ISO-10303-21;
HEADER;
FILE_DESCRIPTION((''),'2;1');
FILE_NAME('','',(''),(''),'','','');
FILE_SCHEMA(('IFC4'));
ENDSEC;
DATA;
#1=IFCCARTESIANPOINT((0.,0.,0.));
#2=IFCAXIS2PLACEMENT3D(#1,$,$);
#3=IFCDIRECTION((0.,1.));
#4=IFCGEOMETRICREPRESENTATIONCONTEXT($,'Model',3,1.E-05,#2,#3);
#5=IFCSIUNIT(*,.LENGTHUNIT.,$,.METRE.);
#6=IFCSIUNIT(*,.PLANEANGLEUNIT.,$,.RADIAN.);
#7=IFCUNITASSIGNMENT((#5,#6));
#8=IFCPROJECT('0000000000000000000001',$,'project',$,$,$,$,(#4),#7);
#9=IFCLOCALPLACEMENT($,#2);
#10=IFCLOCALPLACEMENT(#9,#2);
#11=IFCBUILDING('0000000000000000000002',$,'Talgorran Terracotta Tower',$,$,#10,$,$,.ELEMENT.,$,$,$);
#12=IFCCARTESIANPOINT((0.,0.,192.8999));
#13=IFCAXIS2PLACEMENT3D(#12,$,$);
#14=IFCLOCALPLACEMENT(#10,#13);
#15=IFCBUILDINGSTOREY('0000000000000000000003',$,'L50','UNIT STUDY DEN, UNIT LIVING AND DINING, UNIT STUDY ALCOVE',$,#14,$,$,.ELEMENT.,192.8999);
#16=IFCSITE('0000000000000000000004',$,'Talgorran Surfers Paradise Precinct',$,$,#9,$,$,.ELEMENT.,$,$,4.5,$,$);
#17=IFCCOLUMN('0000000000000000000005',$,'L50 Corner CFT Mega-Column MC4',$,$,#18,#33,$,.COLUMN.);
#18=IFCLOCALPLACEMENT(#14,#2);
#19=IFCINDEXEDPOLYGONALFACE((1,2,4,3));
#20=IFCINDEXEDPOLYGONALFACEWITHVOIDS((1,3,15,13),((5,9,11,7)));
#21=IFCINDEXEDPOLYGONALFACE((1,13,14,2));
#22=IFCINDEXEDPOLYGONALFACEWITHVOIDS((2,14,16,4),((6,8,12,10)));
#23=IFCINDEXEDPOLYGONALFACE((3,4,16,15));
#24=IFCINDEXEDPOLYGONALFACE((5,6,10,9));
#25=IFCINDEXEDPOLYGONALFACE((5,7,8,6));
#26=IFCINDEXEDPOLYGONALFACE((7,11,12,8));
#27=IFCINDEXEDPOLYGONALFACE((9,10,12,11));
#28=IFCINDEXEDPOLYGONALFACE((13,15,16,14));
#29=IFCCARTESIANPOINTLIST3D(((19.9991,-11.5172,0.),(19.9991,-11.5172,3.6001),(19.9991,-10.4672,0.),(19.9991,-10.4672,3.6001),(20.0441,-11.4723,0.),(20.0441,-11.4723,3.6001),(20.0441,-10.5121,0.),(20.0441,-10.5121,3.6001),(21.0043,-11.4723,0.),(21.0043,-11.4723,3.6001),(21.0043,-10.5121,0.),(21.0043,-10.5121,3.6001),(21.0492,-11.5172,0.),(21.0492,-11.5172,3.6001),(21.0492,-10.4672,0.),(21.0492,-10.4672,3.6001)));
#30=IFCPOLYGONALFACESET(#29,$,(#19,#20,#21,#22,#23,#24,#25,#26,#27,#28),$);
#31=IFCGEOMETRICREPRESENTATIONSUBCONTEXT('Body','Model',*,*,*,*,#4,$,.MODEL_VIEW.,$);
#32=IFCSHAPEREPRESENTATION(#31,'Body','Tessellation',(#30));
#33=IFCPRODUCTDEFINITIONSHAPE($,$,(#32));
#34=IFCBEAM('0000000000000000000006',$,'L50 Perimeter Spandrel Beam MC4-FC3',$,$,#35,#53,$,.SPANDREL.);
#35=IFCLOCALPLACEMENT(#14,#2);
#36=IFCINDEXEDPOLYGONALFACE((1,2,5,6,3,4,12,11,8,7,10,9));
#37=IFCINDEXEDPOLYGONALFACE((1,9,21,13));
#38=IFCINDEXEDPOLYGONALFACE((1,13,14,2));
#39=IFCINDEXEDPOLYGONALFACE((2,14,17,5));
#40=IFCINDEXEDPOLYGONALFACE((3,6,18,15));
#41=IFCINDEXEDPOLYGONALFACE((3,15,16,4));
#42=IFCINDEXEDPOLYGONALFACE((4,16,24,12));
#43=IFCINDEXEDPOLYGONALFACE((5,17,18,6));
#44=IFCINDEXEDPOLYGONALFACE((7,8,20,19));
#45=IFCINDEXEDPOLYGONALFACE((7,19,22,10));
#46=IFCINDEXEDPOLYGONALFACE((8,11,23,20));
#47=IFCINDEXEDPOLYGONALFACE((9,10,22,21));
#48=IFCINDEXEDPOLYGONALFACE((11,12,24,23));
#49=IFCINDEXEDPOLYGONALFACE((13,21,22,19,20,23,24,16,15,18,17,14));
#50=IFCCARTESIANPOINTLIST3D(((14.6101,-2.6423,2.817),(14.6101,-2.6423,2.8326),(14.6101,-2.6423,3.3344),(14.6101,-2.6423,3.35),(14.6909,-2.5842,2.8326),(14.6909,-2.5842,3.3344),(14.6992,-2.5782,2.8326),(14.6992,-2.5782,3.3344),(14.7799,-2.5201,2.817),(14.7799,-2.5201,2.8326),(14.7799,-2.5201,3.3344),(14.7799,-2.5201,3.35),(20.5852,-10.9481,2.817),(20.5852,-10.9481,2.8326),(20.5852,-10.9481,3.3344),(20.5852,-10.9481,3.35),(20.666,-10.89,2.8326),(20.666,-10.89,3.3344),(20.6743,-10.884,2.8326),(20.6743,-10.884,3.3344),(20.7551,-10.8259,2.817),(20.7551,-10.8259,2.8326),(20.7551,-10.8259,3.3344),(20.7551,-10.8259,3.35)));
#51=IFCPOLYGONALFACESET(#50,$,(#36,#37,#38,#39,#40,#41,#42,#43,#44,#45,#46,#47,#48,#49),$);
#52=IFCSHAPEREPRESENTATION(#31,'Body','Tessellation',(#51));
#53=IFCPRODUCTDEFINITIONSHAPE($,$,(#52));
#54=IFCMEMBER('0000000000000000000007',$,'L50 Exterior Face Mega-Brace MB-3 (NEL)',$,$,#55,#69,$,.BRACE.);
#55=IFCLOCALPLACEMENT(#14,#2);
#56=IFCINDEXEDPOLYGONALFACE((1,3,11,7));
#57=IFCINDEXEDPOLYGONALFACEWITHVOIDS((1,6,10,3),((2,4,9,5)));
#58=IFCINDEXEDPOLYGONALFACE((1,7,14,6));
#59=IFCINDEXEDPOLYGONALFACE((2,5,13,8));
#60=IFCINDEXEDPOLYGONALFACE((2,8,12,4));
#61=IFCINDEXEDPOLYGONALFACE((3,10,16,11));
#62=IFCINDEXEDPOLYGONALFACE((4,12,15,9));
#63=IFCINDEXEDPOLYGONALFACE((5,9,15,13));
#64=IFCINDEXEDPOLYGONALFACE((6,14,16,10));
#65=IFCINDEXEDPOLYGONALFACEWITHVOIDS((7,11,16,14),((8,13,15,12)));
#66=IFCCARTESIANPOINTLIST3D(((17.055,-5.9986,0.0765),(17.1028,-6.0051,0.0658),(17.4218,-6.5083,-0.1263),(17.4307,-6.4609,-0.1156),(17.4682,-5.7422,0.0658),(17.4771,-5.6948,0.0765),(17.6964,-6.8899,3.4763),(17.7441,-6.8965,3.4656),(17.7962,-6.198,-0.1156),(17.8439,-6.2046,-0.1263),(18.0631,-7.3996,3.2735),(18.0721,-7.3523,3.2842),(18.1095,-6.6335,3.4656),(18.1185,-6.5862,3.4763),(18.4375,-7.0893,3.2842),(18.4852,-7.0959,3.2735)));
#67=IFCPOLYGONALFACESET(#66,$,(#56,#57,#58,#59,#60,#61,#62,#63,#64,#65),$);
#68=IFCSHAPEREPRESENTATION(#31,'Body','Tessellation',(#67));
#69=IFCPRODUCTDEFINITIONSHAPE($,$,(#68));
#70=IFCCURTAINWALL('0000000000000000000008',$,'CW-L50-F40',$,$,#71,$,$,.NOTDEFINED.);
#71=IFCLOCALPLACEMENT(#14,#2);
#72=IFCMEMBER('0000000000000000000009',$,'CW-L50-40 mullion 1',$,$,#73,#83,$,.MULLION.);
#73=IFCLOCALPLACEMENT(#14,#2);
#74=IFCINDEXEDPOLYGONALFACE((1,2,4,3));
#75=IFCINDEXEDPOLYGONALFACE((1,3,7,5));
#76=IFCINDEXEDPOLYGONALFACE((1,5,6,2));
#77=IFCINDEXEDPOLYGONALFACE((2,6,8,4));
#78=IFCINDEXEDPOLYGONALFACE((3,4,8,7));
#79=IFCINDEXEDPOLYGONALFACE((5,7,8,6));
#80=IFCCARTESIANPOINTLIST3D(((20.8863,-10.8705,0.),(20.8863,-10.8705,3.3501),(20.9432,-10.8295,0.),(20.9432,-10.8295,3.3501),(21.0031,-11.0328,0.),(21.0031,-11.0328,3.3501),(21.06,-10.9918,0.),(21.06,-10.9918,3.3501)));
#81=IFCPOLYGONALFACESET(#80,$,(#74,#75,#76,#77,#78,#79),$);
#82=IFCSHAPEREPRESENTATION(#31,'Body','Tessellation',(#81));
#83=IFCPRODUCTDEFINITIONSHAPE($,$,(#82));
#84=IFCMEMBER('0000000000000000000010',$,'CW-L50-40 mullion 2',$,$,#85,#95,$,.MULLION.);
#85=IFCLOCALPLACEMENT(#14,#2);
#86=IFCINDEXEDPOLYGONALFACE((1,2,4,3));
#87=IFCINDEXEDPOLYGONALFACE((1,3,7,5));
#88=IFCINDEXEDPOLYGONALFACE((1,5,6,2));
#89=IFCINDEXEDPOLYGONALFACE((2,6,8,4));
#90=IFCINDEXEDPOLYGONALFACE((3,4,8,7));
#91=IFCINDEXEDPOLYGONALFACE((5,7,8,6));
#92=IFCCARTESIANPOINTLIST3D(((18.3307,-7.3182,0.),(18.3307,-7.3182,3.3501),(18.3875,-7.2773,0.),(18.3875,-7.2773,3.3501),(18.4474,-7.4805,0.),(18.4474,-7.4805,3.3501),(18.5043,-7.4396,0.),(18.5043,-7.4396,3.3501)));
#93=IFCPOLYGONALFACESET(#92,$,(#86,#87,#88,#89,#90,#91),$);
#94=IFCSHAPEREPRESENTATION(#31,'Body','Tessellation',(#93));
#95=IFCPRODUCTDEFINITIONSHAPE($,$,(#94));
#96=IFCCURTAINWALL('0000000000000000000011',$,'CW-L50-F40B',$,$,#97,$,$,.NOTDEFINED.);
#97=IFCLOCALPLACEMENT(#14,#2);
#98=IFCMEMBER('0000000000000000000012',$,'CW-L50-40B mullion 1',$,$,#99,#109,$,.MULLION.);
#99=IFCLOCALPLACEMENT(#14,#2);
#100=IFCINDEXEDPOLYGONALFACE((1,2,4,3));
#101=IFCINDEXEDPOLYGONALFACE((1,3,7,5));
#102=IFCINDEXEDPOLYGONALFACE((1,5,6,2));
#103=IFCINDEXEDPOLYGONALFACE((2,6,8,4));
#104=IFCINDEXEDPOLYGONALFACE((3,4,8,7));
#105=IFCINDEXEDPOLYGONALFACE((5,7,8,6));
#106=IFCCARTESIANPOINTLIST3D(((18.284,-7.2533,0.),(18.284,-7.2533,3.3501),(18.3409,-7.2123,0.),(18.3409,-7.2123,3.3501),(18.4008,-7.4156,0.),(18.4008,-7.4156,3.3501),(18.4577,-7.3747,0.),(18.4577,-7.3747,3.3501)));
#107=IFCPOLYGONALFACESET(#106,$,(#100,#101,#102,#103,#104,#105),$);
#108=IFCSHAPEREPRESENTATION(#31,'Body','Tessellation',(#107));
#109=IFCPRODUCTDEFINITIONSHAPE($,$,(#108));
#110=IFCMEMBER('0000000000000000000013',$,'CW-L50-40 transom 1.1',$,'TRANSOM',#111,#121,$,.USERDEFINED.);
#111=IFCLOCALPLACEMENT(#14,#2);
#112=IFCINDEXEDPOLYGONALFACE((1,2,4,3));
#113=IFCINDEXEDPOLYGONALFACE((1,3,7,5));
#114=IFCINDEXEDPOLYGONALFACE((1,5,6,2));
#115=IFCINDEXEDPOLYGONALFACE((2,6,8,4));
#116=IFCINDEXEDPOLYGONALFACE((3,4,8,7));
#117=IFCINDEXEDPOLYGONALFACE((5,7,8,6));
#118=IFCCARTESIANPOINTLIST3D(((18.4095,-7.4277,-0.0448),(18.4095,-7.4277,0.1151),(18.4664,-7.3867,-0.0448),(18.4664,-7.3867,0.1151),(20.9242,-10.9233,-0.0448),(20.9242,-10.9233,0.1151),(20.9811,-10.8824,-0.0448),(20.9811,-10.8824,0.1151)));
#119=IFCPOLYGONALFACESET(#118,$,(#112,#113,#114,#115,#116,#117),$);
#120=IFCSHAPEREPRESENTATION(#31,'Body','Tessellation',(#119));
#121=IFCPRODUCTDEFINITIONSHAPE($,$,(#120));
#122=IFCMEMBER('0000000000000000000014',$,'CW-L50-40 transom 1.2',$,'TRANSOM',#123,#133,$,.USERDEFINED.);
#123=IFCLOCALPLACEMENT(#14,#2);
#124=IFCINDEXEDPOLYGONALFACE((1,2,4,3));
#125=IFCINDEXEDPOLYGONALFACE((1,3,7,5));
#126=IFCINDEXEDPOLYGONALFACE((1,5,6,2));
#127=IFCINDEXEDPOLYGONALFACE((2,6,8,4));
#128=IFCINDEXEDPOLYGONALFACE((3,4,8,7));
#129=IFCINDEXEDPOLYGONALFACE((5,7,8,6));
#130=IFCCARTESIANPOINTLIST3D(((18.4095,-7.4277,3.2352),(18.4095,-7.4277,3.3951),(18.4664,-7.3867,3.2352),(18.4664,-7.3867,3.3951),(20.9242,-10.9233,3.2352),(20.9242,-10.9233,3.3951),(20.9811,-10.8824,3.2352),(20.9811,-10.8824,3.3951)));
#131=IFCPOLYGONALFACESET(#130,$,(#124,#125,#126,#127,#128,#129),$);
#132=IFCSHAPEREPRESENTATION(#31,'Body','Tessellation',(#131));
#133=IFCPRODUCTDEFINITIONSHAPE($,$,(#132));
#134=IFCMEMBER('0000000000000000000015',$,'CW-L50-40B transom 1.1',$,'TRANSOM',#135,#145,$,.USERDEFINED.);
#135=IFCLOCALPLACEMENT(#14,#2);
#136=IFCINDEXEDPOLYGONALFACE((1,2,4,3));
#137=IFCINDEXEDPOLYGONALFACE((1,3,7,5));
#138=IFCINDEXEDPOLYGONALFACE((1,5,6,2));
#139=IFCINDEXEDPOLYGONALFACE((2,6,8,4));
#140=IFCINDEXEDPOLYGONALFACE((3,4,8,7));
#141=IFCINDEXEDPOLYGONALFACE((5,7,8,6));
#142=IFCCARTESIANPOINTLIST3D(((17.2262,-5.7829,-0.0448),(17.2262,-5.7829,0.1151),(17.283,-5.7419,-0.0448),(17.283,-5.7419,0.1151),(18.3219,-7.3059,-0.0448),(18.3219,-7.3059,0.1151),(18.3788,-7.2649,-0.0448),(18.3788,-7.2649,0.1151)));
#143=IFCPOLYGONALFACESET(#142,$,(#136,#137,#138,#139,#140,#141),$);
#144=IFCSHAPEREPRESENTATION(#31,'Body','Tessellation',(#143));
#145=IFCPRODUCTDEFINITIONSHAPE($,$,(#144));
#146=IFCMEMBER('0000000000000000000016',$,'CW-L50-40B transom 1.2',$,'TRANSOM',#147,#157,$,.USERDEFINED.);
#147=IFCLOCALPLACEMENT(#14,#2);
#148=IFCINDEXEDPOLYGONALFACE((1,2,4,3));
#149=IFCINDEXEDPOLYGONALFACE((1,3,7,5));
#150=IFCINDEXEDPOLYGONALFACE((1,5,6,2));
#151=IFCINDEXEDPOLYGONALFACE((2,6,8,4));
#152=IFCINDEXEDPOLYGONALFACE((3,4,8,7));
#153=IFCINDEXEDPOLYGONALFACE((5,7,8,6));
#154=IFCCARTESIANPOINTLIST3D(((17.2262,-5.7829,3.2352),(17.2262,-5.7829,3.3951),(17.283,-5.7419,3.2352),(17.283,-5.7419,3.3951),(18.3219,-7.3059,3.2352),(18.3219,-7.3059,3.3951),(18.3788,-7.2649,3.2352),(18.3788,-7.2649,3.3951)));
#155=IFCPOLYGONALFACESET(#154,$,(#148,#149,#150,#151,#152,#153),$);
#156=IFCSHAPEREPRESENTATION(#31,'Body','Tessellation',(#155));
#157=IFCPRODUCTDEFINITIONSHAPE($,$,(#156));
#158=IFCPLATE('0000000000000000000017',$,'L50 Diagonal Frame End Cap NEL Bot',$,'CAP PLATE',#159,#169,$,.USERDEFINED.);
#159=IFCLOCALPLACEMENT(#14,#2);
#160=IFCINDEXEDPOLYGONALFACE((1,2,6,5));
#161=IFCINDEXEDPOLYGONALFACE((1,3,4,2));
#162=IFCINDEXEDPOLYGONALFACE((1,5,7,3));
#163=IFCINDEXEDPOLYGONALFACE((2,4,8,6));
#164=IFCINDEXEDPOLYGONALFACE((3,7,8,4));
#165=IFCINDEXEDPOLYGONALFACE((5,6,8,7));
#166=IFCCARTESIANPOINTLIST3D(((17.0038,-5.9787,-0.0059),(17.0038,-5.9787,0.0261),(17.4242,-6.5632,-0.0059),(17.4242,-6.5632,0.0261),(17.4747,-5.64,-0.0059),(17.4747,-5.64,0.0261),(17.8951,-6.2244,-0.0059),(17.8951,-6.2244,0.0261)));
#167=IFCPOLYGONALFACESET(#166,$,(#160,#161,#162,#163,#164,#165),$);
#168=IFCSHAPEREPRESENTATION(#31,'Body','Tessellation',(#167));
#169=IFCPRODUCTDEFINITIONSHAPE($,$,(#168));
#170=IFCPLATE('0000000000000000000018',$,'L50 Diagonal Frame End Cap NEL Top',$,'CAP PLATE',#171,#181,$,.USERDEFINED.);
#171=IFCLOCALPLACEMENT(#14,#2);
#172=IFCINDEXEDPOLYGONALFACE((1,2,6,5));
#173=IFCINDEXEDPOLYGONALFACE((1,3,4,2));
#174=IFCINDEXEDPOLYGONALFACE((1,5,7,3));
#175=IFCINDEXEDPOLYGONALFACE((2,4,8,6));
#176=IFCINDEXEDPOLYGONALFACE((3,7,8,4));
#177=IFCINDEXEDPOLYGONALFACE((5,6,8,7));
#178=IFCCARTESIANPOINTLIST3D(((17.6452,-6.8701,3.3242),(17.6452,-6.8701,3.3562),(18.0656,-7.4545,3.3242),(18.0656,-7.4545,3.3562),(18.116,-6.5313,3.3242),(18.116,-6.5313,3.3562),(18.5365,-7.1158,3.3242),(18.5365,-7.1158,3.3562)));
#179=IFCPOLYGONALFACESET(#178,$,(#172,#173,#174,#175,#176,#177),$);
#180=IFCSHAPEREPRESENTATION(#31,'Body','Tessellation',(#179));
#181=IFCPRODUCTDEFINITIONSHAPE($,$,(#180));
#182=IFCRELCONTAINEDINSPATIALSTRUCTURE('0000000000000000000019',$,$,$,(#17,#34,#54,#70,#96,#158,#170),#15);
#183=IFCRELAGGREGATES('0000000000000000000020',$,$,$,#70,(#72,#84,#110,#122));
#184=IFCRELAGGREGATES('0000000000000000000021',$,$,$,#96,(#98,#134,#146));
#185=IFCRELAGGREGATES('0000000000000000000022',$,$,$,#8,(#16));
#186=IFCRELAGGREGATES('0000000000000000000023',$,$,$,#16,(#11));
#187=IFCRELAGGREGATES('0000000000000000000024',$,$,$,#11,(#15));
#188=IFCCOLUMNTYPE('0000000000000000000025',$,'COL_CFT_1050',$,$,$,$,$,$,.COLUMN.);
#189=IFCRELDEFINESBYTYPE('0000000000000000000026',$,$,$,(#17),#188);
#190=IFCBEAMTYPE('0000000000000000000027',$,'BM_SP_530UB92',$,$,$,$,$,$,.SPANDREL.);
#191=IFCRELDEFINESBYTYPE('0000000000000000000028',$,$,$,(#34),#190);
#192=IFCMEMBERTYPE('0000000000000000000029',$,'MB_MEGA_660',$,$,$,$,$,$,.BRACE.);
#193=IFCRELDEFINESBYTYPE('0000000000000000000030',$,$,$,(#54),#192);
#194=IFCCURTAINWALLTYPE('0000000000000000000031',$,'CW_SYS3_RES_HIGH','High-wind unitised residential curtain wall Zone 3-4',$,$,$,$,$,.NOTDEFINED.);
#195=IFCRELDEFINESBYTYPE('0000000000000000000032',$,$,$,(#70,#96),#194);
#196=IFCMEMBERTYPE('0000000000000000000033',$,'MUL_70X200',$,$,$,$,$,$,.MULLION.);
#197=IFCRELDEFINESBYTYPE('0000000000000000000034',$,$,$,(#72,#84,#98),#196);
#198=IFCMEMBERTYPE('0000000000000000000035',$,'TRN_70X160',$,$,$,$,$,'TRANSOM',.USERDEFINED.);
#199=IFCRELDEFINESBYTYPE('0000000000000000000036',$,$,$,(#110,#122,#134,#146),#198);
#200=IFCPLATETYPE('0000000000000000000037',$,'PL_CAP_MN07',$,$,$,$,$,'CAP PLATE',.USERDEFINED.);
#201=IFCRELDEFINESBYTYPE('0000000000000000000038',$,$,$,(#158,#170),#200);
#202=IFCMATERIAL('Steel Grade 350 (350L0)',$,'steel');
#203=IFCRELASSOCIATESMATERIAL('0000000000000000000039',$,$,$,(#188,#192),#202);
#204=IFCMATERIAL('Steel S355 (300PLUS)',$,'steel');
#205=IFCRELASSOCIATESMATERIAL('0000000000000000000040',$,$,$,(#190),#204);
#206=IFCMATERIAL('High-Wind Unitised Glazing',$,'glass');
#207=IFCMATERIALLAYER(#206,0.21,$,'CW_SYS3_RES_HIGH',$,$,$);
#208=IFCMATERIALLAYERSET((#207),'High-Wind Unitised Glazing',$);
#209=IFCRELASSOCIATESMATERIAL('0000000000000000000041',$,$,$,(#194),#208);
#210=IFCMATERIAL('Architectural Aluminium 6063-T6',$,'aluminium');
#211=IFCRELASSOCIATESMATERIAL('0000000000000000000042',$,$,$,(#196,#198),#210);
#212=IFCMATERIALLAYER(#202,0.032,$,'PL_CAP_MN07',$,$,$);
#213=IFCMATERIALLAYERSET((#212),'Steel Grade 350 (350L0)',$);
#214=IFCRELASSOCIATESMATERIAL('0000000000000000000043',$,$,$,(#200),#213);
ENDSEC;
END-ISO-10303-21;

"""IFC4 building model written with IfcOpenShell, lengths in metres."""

from ifc_helpers import new_model, si_unit, direction, frame, origin, origin_2d, place, context, subcontext, project, spatial, rectangle, hollow_rectangle, i_section, extrude, material, layer, layer_set, material_profile, profile_set, type_object, element, aggregate, save


model = new_model("IFC4")

# Units and contexts
model_context = context("Model", 3, precision=1e-05, world=origin(), true_north=direction((0.0, 1.0)))
body_context = subcontext(model_context, "Body", "Model", "MODEL_VIEW")
ifc_project = project(units=[si_unit("LENGTHUNIT", "METRE"), si_unit("PLANEANGLEUNIT", "RADIAN")], contexts=[model_context])

# Site, building, storey
site_placement = place(None, origin())
site = spatial("IfcSite", under=ifc_project, at=site_placement, Name="Talgorran Surfers Paradise Precinct", CompositionType="ELEMENT", RefElevation=4.5)
building_placement = place(site_placement, origin())
building = spatial("IfcBuilding", under=site, at=building_placement, Name="Talgorran Terracotta Tower", CompositionType="ELEMENT")
storey_placement = place(building_placement, frame((0.0, 0.0, 192.8999)))
storey = spatial("IfcBuildingStorey", under=building, at=storey_placement, Name="L50", Description="UNIT STUDY DEN, UNIT LIVING AND DINING, UNIT STUDY ALCOVE", CompositionType="ELEMENT", Elevation=192.8999)

# Column
ifc_material_1 = material(Name="Steel Grade 350 (350L0)", Category="steel")
ifc_material_profile_1 = material_profile(ifc_material_1, hollow_rectangle(XDim=1.05, YDim=1.05, WallThickness=0.0449, at=origin_2d()), Name="CFT1050X1050X45")
ifc_profile_set_1 = profile_set([ifc_material_profile_1], Name="Steel Grade 350 (350L0)")
column_type = type_object("IfcColumnType", Name="COL_CFT_1050", PredefinedType="COLUMN", material=ifc_profile_set_1)
column_placement = place(storey_placement, frame((20.5242, -10.9922, 0.0), z_axis=(0.0, 0.0, 1.0), x_axis=(1.0, 0.0, 0.0)))
element("IfcColumn", 1, at=column_placement, inside=storey, type_object=column_type, Name="L50 Corner CFT Mega-Column MC4", PredefinedType="COLUMN", context=body_context, shape_type="SweptSolid", body=[
    extrude(hollow_rectangle(XDim=1.05, YDim=1.05, WallThickness=0.0449, at=origin_2d()), origin(), (0.0, 0.0, 1.0), 3.6001),
])

# Beam
ifc_material_2 = material(Name="Steel S355 (300PLUS)", Category="steel")
ifc_material_profile_2 = material_profile(ifc_material_2, i_section(OverallWidth=0.2092, OverallDepth=0.533, WebThickness=0.0103, FlangeThickness=0.0156, at=origin_2d()), Name="530UB92.4")
ifc_profile_set_2 = profile_set([ifc_material_profile_2], Name="Steel S355 (300PLUS)")
beam_type = type_object("IfcBeamType", Name="BM_SP_530UB92", PredefinedType="SPANDREL", material=ifc_profile_set_2)
beam_placement = place(storey_placement, frame((20.6702, -10.887, 3.0835), z_axis=(-0.583984, 0.811765, 0.0), x_axis=(-0.811765, -0.583984, 0.0)))
element("IfcBeam", 2, at=beam_placement, inside=storey, type_object=beam_type, Name="L50 Perimeter Spandrel Beam MC4-FC3", PredefinedType="SPANDREL", context=body_context, shape_type="SweptSolid", body=[
    extrude(i_section(OverallWidth=0.2092, OverallDepth=0.533, WebThickness=0.0103, FlangeThickness=0.0156, at=origin_2d()), origin(), (0.0, 0.0, 1.0), 10.2317),
])

# Member
ifc_material_profile_3 = material_profile(ifc_material_1, hollow_rectangle(XDim=0.52, YDim=0.6599, WallThickness=0.0349, at=origin_2d()), Name="WBOX660X520X35")
ifc_profile_set_3 = profile_set([ifc_material_profile_3], Name="Steel Grade 350 (350L0)")
member_type_1 = type_object("IfcMemberType", Name="MB_MEGA_660", PredefinedType="BRACE", material=ifc_profile_set_3)
member_1_placement = place(storey_placement, frame((17.4495, -6.1016, -0.0249), z_axis=(0.179509, -0.249481, 0.951596), x_axis=(0.811716, 0.584053, 0.0)))
element("IfcMember", 3, at=member_1_placement, inside=storey, type_object=member_type_1, Name="L50 Exterior Face Mega-Brace MB-3 (NEL)", PredefinedType="BRACE", context=body_context, shape_type="SweptSolid", body=[
    extrude(hollow_rectangle(XDim=0.52, YDim=0.6599, WallThickness=0.0349, at=origin_2d()), origin(), (0.0, 0.0, 1.0), 3.5728),
])

# Curtain wall, members
ifc_material_3 = material(Name="High-Wind Unitised Glazing", Category="glass")
ifc_layer_1 = layer(ifc_material_3, 0.21, Name="CW_SYS3_RES_HIGH")
ifc_layer_set_1 = layer_set([ifc_layer_1], Name="High-Wind Unitised Glazing")
curtain_wall_type = type_object("IfcCurtainWallType", Name="CW_SYS3_RES_HIGH", Description="High-wind unitised residential curtain wall Zone 3-4", PredefinedType="NOTDEFINED", material=ifc_layer_set_1)
curtain_wall_1_placement = place(storey_placement, origin())
curtain_wall_1 = element("IfcCurtainWall", 4, at=curtain_wall_1_placement, inside=storey, type_object=curtain_wall_type, Name="CW-L50-F40", PredefinedType="NOTDEFINED")
ifc_material_4 = material(Name="Architectural Aluminium 6063-T6", Category="aluminium")
ifc_material_profile_4 = material_profile(ifc_material_4, rectangle(XDim=0.0701, YDim=0.2, at=origin_2d()), Name="CWM70X200")
ifc_profile_set_4 = profile_set([ifc_material_profile_4], Name="Architectural Aluminium 6063-T6")
member_type_2 = type_object("IfcMemberType", Name="MUL_70X200", PredefinedType="MULLION", material=ifc_profile_set_4)
member_2_placement = place(storey_placement, frame((20.9731, -10.9312, 0.0), z_axis=(0.0, 0.0, 1.0), x_axis=(-0.811761, -0.58399, 0.0)))
member_2 = element("IfcMember", 5, at=member_2_placement, type_object=member_type_2, Name="CW-L50-40 mullion 1", PredefinedType="MULLION", context=body_context, shape_type="SweptSolid", body=[
    extrude(rectangle(XDim=0.0701, YDim=0.2, at=origin_2d()), origin(), (0.0, 0.0, 1.0), 3.3501),
])
member_3_placement = place(storey_placement, frame((18.4175, -7.3789, 0.0), z_axis=(0.0, 0.0, 1.0), x_axis=(-0.811761, -0.58399, 0.0)))
member_3 = element("IfcMember", 6, at=member_3_placement, type_object=member_type_2, Name="CW-L50-40 mullion 2", PredefinedType="MULLION", context=body_context, shape_type="SweptSolid", body=[
    extrude(rectangle(XDim=0.0701, YDim=0.2, at=origin_2d()), origin(), (0.0, 0.0, 1.0), 3.3501),
])

# Curtain wall, member
curtain_wall_2_placement = place(storey_placement, origin())
curtain_wall_2 = element("IfcCurtainWall", 7, at=curtain_wall_2_placement, inside=storey, type_object=curtain_wall_type, Name="CW-L50-F40B", PredefinedType="NOTDEFINED")
member_4_placement = place(storey_placement, frame((18.3708, -7.314, 0.0), z_axis=(0.0, 0.0, 1.0), x_axis=(-0.811775, -0.58397, 0.0)))
member_4 = element("IfcMember", 8, at=member_4_placement, type_object=member_type_2, Name="CW-L50-40B mullion 1", PredefinedType="MULLION", context=body_context, shape_type="SweptSolid", body=[
    extrude(rectangle(XDim=0.0701, YDim=0.2, at=origin_2d()), origin(), (0.0, 0.0, 1.0), 3.3501),
])

# Members
ifc_material_profile_5 = material_profile(ifc_material_4, rectangle(XDim=0.0701, YDim=0.1599, at=origin_2d()), Name="CWT70X160")
ifc_profile_set_5 = profile_set([ifc_material_profile_5], Name="Architectural Aluminium 6063-T6")
member_type_3 = type_object("IfcMemberType", Name="TRN_70X160", ElementType="TRANSOM", PredefinedType="USERDEFINED", material=ifc_profile_set_5)
member_5_placement = place(storey_placement, frame((20.9526, -10.9028, 0.0352), z_axis=(-0.58397, 0.811775, 0.0), x_axis=(-0.811775, -0.58397, 0.0)))
member_5 = element("IfcMember", 9, at=member_5_placement, type_object=member_type_3, Name="CW-L50-40 transom 1.1", ObjectType="TRANSOM", PredefinedType="USERDEFINED", context=body_context, shape_type="SweptSolid", body=[
    extrude(rectangle(XDim=0.0701, YDim=0.1599, at=origin_2d()), origin(), (0.0, 0.0, 1.0), 4.3062),
])
member_6_placement = place(storey_placement, frame((20.9526, -10.9028, 3.3152), z_axis=(-0.58397, 0.811775, 0.0), x_axis=(-0.811775, -0.58397, 0.0)))
member_6 = element("IfcMember", 10, at=member_6_placement, type_object=member_type_3, Name="CW-L50-40 transom 1.2", ObjectType="TRANSOM", PredefinedType="USERDEFINED", context=body_context, shape_type="SweptSolid", body=[
    extrude(rectangle(XDim=0.0701, YDim=0.1599, at=origin_2d()), origin(), (0.0, 0.0, 1.0), 4.3062),
])
member_7_placement = place(storey_placement, frame((18.3503, -7.2854, 0.0352), z_axis=(-0.584017, 0.811742, 0.0), x_axis=(-0.811742, -0.584017, 0.0)))
member_7 = element("IfcMember", 11, at=member_7_placement, type_object=member_type_3, Name="CW-L50-40B transom 1.1", ObjectType="TRANSOM", PredefinedType="USERDEFINED", context=body_context, shape_type="SweptSolid", body=[
    extrude(rectangle(XDim=0.0701, YDim=0.1599, at=origin_2d()), origin(), (0.0, 0.0, 1.0), 1.8762),
])
member_8_placement = place(storey_placement, frame((18.3503, -7.2854, 3.3152), z_axis=(-0.584017, 0.811742, 0.0), x_axis=(-0.811742, -0.584017, 0.0)))
member_8 = element("IfcMember", 12, at=member_8_placement, type_object=member_type_3, Name="CW-L50-40B transom 1.2", ObjectType="TRANSOM", PredefinedType="USERDEFINED", context=body_context, shape_type="SweptSolid", body=[
    extrude(rectangle(XDim=0.0701, YDim=0.1599, at=origin_2d()), origin(), (0.0, 0.0, 1.0), 1.8762),
])

# Plates
ifc_layer_2 = layer(ifc_material_1, 0.032, Name="PL_CAP_MN07")
ifc_layer_set_2 = layer_set([ifc_layer_2], Name="Steel Grade 350 (350L0)")
plate_type_1 = type_object("IfcPlateType", Name="PL_CAP_MN07", ElementType="CAP PLATE", PredefinedType="USERDEFINED", material=ifc_layer_set_2)
for number, where, z_axis, x_axis, name in (
    (13, (17.4495, -6.1016, -0.0059), (0.0, 0.0, 1.0), (0.583966, -0.811778, 0.0), "L50 Diagonal Frame End Cap NEL Bot"),
    (14, (18.0908, -6.9929, 3.3242), (0.0, 0.0, 1.0), (0.583966, -0.811778, 0.0), "L50 Diagonal Frame End Cap NEL Top"),
):
    element("IfcPlate", number, at=place(storey_placement, frame(where, z_axis=z_axis, x_axis=x_axis)), inside=storey, type_object=plate_type_1, Name=name, ObjectType="CAP PLATE", PredefinedType="USERDEFINED", context=body_context, shape_type="SweptSolid", body=[
        extrude(rectangle(XDim=0.72, YDim=0.5801, at=origin_2d()), origin(), (0.0, 0.0, 1.0), 0.032),
    ])

aggregate(curtain_wall_1, [member_2, member_3, member_5, member_6])
aggregate(curtain_wall_2, [member_4, member_7, member_8])

save(model, "model.ifc")
